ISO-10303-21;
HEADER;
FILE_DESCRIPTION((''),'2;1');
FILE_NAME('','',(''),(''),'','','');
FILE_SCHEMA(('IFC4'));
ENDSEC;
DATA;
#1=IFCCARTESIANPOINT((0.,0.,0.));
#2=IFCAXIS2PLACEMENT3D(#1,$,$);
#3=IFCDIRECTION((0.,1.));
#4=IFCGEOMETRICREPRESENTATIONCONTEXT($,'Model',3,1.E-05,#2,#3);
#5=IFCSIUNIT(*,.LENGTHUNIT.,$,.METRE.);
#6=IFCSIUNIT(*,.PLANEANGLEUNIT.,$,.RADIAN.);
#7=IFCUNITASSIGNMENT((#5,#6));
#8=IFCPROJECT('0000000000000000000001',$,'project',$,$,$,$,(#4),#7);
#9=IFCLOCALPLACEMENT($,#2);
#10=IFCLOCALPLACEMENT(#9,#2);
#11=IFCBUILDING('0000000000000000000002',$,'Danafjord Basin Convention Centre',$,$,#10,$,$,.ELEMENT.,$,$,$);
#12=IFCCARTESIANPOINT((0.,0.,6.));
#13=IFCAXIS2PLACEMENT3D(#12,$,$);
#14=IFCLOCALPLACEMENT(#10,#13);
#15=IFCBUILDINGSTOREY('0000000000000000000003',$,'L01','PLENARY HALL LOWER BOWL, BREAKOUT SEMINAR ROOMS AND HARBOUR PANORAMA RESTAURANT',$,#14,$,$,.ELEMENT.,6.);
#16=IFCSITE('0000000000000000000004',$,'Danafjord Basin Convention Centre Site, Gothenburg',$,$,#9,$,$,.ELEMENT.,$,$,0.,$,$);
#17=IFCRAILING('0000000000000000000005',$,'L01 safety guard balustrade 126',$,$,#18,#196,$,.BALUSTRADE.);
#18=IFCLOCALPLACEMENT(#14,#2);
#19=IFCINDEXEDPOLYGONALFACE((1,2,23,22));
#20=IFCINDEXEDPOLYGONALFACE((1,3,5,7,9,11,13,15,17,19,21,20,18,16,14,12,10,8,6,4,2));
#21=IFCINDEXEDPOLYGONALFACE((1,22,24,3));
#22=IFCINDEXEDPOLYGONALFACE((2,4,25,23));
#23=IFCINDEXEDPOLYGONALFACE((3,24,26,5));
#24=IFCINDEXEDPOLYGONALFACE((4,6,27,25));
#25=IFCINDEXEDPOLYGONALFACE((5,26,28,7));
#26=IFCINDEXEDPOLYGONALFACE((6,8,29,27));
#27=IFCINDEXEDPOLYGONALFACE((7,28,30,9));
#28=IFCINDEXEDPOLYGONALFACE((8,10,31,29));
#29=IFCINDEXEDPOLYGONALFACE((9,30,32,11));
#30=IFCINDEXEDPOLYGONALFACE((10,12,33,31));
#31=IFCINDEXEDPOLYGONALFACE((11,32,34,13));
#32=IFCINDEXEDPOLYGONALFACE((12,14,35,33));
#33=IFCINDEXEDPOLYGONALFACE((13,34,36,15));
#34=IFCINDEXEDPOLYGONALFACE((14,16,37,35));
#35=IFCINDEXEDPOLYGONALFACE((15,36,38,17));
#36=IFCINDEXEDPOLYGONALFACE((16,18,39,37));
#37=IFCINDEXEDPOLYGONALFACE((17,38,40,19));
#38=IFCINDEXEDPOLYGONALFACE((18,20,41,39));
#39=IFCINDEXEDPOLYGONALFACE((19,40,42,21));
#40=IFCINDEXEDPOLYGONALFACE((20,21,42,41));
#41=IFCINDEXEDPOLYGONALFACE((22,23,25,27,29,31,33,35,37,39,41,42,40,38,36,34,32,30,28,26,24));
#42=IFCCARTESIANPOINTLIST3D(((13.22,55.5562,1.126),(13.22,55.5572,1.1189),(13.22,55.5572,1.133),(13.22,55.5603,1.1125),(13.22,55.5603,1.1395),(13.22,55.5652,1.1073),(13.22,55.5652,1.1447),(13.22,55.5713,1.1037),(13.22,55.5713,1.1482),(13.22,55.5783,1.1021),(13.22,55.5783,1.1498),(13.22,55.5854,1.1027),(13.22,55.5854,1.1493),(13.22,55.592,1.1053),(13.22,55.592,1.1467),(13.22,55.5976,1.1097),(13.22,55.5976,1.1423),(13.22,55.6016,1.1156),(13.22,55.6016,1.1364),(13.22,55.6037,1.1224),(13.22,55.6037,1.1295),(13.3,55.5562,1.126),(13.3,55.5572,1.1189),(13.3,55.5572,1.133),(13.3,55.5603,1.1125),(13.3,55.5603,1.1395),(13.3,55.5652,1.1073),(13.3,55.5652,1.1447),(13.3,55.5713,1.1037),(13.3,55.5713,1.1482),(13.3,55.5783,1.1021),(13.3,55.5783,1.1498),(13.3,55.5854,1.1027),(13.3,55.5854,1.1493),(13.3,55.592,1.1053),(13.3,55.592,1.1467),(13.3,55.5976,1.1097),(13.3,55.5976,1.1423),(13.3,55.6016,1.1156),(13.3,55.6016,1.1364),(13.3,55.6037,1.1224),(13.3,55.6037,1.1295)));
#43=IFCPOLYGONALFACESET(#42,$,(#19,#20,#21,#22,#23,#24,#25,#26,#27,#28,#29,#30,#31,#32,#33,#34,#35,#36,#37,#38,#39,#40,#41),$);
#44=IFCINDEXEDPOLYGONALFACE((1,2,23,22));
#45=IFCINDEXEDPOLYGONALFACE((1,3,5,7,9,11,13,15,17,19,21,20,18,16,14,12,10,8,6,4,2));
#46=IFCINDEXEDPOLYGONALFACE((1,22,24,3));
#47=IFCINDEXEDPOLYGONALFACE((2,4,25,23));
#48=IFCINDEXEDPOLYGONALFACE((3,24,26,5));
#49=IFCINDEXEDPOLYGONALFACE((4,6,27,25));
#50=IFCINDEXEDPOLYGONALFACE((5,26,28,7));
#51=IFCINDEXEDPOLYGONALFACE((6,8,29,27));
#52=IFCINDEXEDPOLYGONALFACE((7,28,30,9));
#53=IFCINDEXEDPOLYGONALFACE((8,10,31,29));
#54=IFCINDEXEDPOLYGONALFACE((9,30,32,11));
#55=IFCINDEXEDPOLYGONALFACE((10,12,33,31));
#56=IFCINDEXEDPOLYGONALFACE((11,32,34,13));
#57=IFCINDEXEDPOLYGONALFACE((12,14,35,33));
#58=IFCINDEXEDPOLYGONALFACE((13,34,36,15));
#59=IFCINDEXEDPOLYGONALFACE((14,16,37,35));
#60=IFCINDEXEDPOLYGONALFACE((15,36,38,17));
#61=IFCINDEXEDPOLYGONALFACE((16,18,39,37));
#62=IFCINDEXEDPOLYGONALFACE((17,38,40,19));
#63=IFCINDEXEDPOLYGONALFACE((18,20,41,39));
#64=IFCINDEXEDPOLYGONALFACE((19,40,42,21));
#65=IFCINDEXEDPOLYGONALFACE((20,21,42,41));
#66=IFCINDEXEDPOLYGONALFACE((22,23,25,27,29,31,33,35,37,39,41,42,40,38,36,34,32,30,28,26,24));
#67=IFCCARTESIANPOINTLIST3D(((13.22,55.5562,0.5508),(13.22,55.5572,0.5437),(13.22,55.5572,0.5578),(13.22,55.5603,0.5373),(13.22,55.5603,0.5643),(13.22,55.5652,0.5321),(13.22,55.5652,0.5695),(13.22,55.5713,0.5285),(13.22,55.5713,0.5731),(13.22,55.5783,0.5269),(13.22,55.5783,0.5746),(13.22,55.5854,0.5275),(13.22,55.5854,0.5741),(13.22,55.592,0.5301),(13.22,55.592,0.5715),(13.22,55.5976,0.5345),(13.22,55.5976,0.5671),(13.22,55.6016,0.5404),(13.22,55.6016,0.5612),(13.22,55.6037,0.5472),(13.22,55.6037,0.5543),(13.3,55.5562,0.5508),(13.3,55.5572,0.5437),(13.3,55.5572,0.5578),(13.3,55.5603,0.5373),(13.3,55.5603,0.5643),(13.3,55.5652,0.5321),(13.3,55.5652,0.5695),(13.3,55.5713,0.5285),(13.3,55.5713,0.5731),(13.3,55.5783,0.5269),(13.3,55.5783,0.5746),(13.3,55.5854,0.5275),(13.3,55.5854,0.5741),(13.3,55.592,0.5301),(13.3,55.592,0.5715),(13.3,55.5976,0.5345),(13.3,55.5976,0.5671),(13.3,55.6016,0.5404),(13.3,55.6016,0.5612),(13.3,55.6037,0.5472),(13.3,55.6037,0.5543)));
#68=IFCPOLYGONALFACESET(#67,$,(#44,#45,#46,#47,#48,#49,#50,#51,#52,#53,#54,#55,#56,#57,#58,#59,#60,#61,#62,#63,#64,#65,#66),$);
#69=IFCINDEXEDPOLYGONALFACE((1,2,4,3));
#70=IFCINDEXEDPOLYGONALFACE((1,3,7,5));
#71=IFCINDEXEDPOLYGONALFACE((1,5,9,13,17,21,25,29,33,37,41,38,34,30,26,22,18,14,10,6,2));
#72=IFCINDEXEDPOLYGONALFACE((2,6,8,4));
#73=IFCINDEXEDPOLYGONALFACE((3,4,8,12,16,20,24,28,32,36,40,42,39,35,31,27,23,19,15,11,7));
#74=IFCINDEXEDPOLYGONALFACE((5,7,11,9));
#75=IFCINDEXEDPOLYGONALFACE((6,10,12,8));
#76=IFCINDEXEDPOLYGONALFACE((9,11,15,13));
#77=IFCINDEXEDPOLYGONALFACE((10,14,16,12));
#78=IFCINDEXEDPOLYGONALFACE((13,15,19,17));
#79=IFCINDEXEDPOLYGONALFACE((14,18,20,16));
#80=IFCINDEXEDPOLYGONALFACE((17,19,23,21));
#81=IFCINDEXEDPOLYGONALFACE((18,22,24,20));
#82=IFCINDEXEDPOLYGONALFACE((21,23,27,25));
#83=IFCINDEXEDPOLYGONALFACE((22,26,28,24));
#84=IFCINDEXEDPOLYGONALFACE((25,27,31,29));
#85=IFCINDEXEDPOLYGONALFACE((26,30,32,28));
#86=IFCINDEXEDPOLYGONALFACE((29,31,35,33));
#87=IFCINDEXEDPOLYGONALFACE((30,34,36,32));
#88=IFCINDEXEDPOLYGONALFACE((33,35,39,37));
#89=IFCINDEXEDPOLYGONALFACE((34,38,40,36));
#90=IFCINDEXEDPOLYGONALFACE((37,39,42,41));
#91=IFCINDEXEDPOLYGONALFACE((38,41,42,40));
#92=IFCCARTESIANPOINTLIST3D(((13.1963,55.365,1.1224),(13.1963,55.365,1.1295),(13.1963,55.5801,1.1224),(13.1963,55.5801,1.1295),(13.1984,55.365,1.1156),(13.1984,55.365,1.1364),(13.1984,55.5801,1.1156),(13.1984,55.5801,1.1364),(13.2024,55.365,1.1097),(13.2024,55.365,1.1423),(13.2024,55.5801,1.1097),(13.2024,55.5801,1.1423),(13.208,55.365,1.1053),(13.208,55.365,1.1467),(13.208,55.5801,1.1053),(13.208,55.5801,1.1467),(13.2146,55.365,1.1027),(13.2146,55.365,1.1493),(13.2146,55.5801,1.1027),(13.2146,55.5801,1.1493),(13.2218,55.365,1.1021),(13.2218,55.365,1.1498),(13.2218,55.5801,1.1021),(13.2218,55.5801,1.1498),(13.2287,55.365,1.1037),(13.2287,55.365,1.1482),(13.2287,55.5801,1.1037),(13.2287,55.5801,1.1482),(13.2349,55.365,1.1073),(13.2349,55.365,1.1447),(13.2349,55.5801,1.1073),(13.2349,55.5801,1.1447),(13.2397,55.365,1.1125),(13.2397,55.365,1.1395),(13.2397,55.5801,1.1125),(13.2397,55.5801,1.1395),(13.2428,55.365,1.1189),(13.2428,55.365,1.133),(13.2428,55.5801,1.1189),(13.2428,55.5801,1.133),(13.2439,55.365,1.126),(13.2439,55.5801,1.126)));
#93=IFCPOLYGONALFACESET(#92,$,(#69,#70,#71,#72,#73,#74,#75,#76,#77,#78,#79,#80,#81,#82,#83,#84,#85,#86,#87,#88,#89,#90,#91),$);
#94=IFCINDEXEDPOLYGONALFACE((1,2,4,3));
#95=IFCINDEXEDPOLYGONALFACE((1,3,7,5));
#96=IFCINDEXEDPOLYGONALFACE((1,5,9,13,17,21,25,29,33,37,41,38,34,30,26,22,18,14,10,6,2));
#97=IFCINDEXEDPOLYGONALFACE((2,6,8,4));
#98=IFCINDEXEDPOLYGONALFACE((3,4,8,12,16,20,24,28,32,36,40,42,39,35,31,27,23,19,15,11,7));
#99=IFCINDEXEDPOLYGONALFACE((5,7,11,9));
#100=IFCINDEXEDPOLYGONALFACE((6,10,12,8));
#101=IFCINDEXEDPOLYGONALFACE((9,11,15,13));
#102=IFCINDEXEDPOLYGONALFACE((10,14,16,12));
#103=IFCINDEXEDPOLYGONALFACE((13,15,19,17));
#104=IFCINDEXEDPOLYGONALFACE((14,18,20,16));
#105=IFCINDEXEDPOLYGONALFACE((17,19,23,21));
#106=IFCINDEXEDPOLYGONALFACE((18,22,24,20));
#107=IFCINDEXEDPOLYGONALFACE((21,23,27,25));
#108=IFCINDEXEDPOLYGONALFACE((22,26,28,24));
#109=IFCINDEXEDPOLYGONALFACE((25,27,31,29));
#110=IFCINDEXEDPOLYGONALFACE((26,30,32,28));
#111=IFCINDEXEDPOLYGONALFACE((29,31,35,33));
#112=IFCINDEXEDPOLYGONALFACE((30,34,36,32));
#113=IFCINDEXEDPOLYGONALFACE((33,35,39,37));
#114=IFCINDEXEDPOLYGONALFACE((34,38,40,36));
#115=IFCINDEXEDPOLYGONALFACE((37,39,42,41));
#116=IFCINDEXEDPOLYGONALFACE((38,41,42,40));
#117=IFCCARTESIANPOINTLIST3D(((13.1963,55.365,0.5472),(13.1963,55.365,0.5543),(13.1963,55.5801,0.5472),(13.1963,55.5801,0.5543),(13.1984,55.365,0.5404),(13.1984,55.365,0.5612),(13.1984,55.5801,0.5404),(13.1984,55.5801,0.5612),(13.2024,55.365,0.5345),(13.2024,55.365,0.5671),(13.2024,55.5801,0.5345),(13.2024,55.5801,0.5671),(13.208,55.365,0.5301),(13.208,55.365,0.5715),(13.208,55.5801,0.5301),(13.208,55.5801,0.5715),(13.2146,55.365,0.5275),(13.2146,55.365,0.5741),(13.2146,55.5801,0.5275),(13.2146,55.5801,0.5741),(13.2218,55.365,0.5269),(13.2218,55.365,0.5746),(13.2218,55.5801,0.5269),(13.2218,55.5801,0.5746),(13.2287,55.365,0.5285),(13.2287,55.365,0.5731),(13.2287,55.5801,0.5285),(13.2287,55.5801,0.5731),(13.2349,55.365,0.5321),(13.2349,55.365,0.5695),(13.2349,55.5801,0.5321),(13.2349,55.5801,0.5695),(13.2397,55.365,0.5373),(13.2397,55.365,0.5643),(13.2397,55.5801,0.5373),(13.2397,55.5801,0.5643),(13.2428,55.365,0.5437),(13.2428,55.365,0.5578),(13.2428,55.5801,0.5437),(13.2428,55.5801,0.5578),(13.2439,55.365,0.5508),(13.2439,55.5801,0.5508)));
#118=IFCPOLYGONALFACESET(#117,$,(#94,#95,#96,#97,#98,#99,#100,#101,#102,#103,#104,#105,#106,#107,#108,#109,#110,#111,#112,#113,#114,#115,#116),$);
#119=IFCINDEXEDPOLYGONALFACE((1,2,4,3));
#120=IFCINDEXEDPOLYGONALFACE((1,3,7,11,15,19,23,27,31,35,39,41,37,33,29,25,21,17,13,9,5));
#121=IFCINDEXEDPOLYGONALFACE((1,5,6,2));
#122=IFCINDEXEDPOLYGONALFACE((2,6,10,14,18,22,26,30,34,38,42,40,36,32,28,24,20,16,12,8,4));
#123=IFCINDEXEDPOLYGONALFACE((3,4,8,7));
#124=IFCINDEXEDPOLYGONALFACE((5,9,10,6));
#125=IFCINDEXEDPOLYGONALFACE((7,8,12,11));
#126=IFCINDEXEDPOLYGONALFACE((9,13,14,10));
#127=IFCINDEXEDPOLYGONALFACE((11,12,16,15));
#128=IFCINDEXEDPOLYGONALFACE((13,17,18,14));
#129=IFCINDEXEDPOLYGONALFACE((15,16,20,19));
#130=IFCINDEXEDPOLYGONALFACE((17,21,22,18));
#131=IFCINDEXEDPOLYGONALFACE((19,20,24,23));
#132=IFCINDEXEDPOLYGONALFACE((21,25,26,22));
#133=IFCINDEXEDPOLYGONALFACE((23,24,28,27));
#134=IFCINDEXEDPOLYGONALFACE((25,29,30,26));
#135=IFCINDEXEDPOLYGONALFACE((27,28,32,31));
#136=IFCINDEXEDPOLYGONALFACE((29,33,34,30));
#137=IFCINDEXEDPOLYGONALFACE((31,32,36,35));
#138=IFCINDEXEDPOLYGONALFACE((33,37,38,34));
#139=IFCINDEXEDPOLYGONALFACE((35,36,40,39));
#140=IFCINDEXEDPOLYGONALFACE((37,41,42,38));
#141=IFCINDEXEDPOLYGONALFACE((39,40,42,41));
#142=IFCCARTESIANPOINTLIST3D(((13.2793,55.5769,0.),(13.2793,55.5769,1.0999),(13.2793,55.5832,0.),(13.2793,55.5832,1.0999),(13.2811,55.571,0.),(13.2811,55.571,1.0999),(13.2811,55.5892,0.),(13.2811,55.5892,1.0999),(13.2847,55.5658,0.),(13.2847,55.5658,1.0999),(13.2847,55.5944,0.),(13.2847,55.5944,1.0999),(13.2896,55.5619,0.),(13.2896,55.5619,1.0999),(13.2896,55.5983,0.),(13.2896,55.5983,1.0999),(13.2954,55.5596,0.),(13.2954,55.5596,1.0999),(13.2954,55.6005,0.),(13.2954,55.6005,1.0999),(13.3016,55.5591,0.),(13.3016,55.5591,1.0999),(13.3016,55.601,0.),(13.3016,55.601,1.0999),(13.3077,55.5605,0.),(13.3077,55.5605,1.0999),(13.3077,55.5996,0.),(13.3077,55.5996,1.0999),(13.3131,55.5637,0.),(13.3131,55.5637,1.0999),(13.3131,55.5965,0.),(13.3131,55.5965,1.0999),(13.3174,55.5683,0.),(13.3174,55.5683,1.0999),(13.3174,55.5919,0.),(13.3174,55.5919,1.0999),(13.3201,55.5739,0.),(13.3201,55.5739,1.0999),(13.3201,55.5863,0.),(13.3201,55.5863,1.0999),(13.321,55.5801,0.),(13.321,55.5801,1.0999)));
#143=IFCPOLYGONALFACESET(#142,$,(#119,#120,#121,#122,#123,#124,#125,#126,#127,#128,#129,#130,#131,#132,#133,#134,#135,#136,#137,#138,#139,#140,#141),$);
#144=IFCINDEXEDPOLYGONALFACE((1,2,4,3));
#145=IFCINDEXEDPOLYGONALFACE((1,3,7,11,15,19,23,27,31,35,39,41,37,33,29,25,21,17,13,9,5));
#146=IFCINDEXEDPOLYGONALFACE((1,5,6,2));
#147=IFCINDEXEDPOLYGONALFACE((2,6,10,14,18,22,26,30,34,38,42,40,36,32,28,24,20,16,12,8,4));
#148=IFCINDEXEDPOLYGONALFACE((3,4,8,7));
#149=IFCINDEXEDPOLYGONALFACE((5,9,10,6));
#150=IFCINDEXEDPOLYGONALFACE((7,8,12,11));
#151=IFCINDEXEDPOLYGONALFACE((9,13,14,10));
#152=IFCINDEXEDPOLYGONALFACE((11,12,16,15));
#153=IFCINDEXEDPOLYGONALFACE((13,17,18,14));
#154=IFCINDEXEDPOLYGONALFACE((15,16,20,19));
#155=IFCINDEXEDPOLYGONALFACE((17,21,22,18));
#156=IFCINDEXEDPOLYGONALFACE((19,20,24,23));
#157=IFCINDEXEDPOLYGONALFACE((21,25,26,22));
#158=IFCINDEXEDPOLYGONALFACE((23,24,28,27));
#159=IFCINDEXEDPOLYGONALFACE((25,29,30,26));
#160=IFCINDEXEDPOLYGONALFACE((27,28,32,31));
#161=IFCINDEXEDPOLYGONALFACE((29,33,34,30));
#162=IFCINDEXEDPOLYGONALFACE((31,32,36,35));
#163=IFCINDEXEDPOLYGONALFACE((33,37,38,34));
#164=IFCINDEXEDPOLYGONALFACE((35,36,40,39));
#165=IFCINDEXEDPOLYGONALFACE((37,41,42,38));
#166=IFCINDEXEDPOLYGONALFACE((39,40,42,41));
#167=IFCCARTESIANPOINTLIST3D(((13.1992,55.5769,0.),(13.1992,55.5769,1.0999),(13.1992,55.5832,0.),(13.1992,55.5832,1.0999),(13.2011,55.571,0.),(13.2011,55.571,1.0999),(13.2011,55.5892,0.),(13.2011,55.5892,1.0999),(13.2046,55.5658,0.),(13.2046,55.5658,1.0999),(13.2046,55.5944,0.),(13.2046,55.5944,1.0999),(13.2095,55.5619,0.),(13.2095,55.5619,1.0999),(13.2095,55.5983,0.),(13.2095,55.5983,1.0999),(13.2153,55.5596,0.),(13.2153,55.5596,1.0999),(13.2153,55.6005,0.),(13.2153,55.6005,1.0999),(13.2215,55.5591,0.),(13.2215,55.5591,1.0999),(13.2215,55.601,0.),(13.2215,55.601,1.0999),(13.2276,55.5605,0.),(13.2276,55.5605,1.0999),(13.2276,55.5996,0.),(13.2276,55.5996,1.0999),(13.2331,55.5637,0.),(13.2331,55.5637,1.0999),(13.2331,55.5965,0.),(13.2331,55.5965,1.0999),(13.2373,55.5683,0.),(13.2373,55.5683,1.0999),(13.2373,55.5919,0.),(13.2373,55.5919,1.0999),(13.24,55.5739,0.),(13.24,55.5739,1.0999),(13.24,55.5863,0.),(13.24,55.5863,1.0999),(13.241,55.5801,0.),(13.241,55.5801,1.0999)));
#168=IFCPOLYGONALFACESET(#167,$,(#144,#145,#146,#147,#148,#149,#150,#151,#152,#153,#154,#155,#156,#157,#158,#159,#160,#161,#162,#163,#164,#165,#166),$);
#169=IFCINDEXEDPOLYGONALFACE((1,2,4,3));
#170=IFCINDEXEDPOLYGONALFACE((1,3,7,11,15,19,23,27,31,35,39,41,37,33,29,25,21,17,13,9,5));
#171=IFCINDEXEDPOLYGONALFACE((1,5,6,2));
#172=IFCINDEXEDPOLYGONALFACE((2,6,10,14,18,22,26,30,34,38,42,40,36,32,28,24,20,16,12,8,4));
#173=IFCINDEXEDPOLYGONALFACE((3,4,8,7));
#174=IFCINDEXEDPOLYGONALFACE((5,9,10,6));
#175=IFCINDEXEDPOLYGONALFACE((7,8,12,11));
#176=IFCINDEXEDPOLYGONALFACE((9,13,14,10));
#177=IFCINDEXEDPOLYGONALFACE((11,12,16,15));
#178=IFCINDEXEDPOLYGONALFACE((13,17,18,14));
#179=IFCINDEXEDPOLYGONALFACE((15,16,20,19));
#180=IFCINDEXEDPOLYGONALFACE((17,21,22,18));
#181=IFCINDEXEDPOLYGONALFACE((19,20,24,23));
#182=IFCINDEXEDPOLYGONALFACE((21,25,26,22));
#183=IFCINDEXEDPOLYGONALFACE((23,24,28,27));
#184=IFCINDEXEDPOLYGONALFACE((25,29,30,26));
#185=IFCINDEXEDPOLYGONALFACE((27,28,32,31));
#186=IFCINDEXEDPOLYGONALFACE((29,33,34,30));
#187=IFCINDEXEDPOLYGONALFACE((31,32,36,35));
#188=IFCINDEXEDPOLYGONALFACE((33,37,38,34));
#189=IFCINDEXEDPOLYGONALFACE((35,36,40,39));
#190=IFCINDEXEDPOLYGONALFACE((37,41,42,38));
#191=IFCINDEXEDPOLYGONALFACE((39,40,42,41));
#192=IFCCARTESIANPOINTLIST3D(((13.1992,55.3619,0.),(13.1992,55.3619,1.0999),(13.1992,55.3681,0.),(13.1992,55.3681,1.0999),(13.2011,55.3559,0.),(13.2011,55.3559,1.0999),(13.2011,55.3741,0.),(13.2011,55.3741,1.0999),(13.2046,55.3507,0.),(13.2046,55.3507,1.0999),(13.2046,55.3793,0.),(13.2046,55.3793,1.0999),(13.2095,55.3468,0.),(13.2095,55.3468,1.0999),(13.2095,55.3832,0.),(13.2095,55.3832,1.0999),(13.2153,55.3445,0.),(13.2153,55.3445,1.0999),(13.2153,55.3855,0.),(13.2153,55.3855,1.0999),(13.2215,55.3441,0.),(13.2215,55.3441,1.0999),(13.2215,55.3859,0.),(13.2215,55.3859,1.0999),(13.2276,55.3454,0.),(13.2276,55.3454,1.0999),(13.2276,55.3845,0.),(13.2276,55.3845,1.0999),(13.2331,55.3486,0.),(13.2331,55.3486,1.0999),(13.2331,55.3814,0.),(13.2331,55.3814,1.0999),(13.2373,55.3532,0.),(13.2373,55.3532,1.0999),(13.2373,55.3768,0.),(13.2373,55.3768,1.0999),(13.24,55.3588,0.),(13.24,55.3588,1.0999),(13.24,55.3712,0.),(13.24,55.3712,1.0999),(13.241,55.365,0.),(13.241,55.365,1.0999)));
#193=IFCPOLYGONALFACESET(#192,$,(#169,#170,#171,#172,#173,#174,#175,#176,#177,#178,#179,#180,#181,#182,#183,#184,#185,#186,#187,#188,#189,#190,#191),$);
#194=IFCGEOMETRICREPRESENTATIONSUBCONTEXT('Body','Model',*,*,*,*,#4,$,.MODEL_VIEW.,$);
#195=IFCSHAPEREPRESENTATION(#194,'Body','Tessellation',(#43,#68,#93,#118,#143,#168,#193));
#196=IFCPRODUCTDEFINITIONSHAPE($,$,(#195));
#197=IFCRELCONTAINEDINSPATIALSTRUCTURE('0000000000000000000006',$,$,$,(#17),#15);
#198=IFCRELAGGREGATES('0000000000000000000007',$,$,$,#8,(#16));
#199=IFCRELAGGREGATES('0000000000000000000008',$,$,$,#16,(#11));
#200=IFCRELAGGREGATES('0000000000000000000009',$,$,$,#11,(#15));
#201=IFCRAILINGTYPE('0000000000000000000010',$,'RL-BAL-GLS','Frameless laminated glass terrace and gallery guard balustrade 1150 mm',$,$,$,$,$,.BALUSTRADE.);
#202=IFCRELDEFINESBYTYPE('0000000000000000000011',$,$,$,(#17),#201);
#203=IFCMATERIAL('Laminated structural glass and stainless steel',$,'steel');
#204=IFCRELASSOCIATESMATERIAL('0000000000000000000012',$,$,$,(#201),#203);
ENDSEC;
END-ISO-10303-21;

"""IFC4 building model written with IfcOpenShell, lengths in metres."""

from ifc_helpers import new_model, si_unit, direction, frame, origin, origin_2d, place, context, subcontext, project, spatial, circle, extrude, material, type_object, element, save


model = new_model("IFC4")

# Units and contexts
model_context = context("Model", 3, precision=1e-05, world=origin(), true_north=direction((0.0, 1.0)))
body_context = subcontext(model_context, "Body", "Model", "MODEL_VIEW")
ifc_project = project(units=[si_unit("LENGTHUNIT", "METRE"), si_unit("PLANEANGLEUNIT", "RADIAN")], contexts=[model_context])

# Site, building, storey
site_placement = place(None, origin())
site = spatial("IfcSite", under=ifc_project, at=site_placement, Name="Danafjord Basin Convention Centre Site, Gothenburg", CompositionType="ELEMENT", RefElevation=0.0)
building_placement = place(site_placement, origin())
building = spatial("IfcBuilding", under=site, at=building_placement, Name="Danafjord Basin Convention Centre", CompositionType="ELEMENT")
storey_placement = place(building_placement, frame((0.0, 0.0, 6.0)))
storey = spatial("IfcBuildingStorey", under=building, at=storey_placement, Name="L01", Description="PLENARY HALL LOWER BOWL, BREAKOUT SEMINAR ROOMS AND HARBOUR PANORAMA RESTAURANT", CompositionType="ELEMENT", Elevation=6.0)

# Railing
ifc_material_1 = material(Name="Laminated structural glass and stainless steel", Category="steel")
railing_type_1 = type_object("IfcRailingType", Name="RL-BAL-GLS", Description="Frameless laminated glass terrace and gallery guard balustrade 1150 mm", PredefinedType="BALUSTRADE", material=ifc_material_1)
railing_1_placement = place(storey_placement, frame((13.3, 55.5801, 0.0)))
element("IfcRailing", 1, at=railing_1_placement, inside=storey, type_object=railing_type_1, Name="L01 safety guard balustrade 126", PredefinedType="BALUSTRADE", context=body_context, shape_type="SweptSolid", body=[
    extrude(circle(Radius=0.0239, at=origin_2d()), frame((0.0, 0.0, 1.126), z_axis=(-1.0, 0.0, 0.0), x_axis=(0.0, -1.0, 0.0)), (0.0, 0.0, 1.0), 0.0801),
    extrude(circle(Radius=0.0239, at=origin_2d()), frame((0.0, 0.0, 0.5508), z_axis=(-1.0, 0.0, 0.0), x_axis=(0.0, -1.0, 0.0)), (0.0, 0.0, 1.0), 0.0801),
    extrude(circle(Radius=0.0239, at=origin_2d()), frame((-0.0801, 0.0, 1.126), z_axis=(0.0, -1.0, 0.0), x_axis=(1.0, 0.0, 0.0)), (0.0, 0.0, 1.0), 0.2151),
    extrude(circle(Radius=0.0239, at=origin_2d()), frame((-0.0801, 0.0, 0.5508), z_axis=(0.0, -1.0, 0.0), x_axis=(1.0, 0.0, 0.0)), (0.0, 0.0, 1.0), 0.2151),
    extrude(circle(Radius=0.021, at=origin_2d()), origin(), (0.0, 0.0, 1.0), 1.0999),
    extrude(circle(Radius=0.021, at=origin_2d()), frame((-0.0801, 0.0, 0.0)), (0.0, 0.0, 1.0), 1.0999),
    extrude(circle(Radius=0.021, at=origin_2d()), frame((-0.0801, -0.2151, 0.0)), (0.0, 0.0, 1.0), 1.0999),
])

save(model, "model.ifc")
